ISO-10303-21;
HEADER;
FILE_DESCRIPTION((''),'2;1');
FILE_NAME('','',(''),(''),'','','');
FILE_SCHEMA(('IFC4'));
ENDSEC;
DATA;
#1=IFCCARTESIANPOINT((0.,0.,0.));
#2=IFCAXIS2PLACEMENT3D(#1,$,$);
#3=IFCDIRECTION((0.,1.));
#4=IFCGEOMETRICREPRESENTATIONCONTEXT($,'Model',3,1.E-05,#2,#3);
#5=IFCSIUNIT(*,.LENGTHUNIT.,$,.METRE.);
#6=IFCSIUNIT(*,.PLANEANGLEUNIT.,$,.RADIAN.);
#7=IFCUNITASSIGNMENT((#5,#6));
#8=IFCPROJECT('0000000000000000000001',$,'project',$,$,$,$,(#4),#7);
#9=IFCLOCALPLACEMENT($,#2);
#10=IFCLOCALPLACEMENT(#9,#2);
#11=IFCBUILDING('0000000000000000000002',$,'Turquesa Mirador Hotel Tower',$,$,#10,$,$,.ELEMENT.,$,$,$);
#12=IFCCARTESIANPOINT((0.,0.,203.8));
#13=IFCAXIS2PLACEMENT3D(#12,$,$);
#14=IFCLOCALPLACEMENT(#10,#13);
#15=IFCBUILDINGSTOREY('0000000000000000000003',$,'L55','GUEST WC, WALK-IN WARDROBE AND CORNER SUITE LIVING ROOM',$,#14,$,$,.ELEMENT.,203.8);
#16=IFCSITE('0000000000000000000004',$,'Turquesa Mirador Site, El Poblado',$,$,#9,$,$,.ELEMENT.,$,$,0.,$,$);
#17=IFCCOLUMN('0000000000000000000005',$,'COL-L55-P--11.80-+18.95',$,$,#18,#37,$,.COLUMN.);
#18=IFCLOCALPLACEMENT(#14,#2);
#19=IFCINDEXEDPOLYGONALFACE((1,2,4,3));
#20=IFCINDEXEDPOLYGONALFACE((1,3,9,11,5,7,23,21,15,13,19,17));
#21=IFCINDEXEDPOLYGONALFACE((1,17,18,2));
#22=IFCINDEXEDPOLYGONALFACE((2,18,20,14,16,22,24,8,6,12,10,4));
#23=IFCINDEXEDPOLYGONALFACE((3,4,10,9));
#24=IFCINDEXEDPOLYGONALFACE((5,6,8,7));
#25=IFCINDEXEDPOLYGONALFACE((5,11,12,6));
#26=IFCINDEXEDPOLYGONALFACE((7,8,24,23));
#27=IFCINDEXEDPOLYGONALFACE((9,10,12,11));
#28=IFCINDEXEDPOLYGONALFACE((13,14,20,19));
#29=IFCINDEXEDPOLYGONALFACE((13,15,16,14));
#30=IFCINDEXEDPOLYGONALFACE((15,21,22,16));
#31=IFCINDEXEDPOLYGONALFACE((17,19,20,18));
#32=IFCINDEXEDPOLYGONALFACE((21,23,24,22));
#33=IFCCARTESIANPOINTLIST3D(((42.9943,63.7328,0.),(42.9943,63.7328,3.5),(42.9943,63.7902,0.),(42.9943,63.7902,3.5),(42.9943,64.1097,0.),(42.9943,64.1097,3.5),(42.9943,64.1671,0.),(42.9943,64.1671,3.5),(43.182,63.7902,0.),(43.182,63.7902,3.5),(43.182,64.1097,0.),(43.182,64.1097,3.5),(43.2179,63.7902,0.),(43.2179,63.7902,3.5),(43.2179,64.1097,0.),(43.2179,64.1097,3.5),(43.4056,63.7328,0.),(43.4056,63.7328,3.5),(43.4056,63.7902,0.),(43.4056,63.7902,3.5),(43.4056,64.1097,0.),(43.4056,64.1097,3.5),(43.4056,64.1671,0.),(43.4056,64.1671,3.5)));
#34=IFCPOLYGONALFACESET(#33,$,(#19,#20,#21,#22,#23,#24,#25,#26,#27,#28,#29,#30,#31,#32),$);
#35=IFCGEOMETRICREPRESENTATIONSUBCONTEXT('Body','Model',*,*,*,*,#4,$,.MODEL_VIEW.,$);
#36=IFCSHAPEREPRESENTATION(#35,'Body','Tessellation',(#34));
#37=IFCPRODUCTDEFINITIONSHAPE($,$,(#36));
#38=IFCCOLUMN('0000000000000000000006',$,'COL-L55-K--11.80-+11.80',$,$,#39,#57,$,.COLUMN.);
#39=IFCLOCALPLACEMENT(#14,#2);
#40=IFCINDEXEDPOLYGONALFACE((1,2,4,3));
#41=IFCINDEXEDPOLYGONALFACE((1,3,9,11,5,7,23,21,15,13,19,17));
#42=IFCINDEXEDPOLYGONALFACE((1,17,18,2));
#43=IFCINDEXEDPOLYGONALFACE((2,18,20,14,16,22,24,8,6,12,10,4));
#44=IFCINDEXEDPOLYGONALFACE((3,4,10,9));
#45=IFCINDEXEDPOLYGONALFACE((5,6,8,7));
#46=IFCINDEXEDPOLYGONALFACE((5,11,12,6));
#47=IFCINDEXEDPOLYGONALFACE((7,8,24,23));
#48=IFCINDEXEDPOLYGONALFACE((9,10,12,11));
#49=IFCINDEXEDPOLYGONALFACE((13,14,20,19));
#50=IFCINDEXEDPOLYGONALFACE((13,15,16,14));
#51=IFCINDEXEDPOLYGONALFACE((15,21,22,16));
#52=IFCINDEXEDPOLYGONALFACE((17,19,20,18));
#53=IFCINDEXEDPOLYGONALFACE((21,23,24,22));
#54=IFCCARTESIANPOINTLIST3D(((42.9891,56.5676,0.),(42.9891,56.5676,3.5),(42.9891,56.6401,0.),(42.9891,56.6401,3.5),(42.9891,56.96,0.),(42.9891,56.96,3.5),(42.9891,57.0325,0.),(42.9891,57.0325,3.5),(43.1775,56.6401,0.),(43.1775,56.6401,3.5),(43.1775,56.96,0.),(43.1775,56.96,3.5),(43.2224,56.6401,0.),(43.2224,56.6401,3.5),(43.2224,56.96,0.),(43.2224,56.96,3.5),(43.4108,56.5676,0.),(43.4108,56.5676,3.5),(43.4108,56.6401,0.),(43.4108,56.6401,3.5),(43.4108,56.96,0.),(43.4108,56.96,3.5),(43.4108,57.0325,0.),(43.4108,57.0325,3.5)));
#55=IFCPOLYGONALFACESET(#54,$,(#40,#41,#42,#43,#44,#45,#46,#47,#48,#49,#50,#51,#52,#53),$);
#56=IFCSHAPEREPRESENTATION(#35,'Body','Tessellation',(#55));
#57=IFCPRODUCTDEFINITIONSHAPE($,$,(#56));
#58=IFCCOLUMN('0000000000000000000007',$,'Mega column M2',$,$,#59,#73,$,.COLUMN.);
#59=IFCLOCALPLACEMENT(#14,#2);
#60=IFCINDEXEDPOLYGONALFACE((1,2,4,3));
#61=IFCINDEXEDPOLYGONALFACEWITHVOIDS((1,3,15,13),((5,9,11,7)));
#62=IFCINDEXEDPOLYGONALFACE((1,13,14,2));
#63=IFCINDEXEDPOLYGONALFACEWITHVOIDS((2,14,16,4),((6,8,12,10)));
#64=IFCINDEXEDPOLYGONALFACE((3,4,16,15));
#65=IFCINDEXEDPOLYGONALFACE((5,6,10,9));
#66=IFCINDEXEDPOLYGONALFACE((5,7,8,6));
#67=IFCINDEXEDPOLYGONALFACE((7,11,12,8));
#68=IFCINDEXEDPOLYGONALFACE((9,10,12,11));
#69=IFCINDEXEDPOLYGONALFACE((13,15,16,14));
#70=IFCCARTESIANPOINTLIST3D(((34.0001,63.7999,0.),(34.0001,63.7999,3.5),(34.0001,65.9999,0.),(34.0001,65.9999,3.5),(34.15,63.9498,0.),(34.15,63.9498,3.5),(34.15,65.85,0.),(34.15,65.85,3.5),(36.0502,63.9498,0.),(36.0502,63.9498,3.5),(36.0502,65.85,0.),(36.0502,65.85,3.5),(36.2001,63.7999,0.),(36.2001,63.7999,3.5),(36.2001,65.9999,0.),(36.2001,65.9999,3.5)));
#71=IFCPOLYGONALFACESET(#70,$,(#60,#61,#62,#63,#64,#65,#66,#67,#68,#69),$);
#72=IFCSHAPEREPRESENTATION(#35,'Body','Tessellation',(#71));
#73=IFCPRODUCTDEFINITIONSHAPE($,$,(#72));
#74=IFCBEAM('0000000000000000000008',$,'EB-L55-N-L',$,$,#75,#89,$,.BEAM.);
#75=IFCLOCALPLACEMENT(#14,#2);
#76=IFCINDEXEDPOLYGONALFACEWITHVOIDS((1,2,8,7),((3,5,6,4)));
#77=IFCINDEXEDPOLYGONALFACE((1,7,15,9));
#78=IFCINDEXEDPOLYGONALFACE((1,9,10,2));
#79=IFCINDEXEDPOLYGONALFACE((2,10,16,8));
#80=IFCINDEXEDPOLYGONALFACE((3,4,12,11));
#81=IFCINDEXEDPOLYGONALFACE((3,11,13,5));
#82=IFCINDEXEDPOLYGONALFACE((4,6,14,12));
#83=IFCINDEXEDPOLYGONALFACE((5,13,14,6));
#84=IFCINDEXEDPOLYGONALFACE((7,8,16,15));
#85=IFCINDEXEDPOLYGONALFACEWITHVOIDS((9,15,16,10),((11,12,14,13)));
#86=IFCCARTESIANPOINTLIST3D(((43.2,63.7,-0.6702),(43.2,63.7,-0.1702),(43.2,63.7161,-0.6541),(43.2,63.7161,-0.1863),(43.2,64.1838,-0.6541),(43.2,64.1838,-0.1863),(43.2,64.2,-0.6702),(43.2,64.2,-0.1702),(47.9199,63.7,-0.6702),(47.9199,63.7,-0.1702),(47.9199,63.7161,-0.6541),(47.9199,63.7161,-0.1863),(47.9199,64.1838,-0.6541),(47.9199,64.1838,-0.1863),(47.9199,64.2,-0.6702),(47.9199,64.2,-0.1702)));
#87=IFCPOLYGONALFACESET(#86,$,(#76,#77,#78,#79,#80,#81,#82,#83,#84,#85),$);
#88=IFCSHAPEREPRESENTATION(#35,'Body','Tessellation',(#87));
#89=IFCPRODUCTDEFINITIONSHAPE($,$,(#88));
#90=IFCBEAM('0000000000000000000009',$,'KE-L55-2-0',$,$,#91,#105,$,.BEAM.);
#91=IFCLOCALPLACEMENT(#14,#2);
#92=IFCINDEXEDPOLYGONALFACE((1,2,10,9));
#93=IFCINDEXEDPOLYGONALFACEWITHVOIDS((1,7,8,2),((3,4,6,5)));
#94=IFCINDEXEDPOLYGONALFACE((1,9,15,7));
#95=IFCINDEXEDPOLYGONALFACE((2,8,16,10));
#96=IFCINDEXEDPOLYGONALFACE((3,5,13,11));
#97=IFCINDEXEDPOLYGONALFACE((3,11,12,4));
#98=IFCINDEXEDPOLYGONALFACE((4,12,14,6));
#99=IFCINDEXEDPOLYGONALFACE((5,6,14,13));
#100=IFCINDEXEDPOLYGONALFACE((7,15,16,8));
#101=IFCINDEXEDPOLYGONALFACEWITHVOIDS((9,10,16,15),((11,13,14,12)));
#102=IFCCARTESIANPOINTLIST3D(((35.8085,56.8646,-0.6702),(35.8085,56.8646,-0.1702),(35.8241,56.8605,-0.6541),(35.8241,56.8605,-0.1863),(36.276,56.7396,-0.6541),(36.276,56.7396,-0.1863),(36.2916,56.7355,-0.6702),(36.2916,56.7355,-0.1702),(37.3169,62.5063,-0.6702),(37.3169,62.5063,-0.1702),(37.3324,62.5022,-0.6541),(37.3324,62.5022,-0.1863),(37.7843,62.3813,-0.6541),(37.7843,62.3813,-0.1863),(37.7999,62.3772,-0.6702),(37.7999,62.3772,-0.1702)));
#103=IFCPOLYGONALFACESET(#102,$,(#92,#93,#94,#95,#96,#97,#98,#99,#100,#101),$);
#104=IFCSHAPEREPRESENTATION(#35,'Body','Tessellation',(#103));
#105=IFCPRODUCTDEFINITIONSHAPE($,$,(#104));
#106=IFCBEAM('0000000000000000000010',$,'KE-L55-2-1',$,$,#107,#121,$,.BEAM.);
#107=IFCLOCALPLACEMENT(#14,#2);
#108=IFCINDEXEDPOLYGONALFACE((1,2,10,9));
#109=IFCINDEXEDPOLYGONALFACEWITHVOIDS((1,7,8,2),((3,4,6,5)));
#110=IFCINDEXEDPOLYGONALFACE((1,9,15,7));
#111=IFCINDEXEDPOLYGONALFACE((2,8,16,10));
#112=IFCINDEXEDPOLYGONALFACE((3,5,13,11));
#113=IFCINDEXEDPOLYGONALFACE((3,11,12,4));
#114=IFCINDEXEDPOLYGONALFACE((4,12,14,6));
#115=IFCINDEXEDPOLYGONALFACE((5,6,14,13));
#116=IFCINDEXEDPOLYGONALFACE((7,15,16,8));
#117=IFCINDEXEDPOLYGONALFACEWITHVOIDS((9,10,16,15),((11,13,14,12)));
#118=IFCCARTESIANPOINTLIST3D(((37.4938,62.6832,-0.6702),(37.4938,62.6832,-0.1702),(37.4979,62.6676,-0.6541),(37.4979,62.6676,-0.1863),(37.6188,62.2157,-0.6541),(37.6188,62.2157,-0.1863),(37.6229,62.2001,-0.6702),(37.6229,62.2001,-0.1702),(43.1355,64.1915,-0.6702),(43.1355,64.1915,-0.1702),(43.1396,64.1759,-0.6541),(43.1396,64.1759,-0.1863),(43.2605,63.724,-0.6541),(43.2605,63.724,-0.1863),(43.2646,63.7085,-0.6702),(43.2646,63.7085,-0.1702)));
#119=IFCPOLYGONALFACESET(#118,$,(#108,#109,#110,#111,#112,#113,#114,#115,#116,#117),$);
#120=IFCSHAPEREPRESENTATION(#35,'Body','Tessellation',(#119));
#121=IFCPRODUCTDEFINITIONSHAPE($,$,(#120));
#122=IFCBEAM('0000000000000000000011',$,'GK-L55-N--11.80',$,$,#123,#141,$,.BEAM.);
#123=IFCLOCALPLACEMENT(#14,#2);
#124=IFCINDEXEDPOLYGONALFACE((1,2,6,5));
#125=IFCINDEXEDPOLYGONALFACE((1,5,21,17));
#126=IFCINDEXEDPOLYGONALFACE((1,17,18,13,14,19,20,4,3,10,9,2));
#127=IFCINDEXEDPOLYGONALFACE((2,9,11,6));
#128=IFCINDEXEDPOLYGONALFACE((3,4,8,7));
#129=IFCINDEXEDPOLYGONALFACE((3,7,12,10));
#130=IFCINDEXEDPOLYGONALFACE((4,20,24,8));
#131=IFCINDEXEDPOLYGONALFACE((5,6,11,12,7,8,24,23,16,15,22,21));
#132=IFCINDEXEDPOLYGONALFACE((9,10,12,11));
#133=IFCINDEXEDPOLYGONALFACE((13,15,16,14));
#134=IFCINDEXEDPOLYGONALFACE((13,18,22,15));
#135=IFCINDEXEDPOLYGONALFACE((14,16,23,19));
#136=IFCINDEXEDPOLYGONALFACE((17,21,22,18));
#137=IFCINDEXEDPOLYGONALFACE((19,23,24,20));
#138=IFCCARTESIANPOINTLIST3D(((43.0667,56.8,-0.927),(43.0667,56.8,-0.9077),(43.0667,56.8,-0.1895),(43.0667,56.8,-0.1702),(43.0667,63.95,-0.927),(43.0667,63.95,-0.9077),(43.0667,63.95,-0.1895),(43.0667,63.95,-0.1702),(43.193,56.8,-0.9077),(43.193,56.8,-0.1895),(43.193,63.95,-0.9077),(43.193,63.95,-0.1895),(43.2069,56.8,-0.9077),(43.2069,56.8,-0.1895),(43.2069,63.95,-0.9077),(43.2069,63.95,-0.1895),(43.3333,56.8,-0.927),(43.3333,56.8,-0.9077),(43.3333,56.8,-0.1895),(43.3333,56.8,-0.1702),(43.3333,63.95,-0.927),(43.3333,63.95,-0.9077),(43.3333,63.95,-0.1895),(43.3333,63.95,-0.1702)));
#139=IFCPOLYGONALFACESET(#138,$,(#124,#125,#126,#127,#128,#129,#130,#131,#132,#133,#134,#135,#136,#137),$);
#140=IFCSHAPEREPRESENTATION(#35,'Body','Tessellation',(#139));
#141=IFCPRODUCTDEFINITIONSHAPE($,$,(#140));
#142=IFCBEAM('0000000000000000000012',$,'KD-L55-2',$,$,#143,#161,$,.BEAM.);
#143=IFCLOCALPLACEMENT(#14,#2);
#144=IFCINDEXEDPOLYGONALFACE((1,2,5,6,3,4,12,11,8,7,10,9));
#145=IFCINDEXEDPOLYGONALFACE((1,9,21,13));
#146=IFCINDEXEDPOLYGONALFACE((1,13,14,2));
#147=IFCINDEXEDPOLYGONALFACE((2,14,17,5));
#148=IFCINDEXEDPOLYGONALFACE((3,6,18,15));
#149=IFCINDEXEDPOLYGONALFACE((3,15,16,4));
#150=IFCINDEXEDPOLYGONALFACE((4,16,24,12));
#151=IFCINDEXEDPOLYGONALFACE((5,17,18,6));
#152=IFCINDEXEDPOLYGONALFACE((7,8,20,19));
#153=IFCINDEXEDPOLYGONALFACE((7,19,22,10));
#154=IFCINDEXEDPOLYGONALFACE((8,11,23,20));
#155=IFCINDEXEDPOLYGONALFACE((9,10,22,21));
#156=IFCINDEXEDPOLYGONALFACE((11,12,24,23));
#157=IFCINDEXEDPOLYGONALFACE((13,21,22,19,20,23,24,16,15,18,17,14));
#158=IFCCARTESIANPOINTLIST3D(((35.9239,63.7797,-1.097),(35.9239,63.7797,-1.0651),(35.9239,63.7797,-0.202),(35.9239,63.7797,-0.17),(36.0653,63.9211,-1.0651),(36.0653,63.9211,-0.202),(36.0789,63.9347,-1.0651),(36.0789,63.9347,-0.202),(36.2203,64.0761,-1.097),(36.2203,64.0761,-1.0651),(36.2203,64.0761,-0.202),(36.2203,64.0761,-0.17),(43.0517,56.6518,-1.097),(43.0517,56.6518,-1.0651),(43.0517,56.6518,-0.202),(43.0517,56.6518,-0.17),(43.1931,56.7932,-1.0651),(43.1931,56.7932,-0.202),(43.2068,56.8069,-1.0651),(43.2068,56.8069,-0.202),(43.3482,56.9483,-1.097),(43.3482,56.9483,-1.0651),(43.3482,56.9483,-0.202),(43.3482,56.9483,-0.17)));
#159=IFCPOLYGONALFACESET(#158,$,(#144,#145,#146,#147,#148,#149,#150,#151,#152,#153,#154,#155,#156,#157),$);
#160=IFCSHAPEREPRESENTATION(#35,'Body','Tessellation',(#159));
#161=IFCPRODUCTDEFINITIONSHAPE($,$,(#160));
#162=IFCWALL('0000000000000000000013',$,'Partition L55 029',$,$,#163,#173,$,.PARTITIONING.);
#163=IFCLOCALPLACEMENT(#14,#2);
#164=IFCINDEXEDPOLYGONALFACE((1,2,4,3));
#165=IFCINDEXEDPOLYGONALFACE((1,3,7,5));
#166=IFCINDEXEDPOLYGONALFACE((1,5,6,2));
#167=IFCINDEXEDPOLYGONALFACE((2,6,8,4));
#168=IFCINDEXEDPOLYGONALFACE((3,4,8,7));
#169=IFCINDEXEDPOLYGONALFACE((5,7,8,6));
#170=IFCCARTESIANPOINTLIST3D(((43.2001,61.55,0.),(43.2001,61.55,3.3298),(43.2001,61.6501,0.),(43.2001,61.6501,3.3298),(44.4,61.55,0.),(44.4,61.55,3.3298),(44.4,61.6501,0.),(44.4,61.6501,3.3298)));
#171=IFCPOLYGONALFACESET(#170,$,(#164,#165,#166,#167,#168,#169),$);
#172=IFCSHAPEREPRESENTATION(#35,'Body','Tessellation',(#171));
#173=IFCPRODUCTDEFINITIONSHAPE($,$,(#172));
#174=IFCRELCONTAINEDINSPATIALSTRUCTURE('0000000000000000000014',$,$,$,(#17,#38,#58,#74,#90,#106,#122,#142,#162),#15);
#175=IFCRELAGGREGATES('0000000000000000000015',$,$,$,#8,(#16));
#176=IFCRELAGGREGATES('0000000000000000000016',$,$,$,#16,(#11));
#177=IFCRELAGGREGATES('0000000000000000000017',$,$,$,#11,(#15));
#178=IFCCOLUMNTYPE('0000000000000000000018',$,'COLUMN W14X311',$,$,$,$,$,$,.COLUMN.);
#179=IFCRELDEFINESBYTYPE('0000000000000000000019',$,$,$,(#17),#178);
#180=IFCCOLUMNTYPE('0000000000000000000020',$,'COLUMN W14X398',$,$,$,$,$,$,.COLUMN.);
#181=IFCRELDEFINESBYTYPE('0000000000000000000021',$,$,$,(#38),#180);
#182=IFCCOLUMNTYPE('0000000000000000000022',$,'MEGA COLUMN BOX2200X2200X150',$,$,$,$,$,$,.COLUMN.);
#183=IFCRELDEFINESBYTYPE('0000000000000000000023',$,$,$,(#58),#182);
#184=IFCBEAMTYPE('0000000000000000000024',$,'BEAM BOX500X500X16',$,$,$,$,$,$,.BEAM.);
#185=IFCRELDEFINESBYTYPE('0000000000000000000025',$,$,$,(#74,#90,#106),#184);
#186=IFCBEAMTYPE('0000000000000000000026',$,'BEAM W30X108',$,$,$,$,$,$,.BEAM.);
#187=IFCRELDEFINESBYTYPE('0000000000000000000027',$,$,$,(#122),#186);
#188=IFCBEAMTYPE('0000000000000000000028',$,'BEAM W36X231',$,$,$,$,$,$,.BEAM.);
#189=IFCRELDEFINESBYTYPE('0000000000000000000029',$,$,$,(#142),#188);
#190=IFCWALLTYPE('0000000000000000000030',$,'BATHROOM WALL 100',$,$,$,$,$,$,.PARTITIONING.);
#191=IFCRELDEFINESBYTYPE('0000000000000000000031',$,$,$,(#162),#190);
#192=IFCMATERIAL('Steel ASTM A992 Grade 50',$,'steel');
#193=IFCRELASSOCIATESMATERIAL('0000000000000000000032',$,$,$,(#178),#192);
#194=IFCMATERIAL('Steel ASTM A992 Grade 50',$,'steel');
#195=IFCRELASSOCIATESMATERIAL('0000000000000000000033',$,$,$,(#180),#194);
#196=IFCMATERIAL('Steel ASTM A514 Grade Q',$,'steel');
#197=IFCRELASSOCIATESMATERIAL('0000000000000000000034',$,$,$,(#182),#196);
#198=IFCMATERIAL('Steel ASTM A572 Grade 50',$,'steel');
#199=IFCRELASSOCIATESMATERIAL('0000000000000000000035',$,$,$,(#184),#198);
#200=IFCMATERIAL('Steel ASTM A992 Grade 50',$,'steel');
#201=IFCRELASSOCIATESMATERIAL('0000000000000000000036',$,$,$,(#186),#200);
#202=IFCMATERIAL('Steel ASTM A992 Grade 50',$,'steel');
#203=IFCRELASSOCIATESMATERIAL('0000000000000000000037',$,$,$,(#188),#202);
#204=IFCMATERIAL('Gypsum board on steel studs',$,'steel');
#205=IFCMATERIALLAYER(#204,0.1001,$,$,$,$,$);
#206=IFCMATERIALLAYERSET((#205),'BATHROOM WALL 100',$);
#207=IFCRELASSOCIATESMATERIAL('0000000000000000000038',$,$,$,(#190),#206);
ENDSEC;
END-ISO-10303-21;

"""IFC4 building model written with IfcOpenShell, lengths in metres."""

from ifc_helpers import new_model, si_unit, direction, frame, frame_2d, origin, origin_2d, place, context, subcontext, project, spatial, rectangle, hollow_rectangle, i_section, extrude, material, layer, layer_set, material_profile, profile_set, type_object, element, save


model = new_model("IFC4")

# Units and contexts
model_context = context("Model", 3, precision=1e-05, world=origin(), true_north=direction((0.0, 1.0)))
body_context = subcontext(model_context, "Body", "Model", "MODEL_VIEW")
ifc_project = project(units=[si_unit("LENGTHUNIT", "METRE"), si_unit("PLANEANGLEUNIT", "RADIAN")], contexts=[model_context])

# Site, building, storey
site_placement = place(None, origin())
site = spatial("IfcSite", under=ifc_project, at=site_placement, Name="Turquesa Mirador Site, El Poblado", CompositionType="ELEMENT", RefElevation=0.0)
building_placement = place(site_placement, origin())
building = spatial("IfcBuilding", under=site, at=building_placement, Name="Turquesa Mirador Hotel Tower", CompositionType="ELEMENT")
storey_placement = place(building_placement, frame((0.0, 0.0, 203.8)))
storey = spatial("IfcBuildingStorey", under=building, at=storey_placement, Name="L55", Description="GUEST WC, WALK-IN WARDROBE AND CORNER SUITE LIVING ROOM", CompositionType="ELEMENT", Elevation=203.8)

# Columns
ifc_material_1 = material(Name="Steel ASTM A992 Grade 50", Category="steel")
ifc_material_profile_1 = material_profile(ifc_material_1, i_section(OverallWidth=0.4114, OverallDepth=0.4343, WebThickness=0.0359, FlangeThickness=0.0574, at=origin_2d()), Name="W14X311")
ifc_profile_set_1 = profile_set([ifc_material_profile_1], Name="Steel ASTM A992 Grade 50")
column_type_1 = type_object("IfcColumnType", Name="COLUMN W14X311", PredefinedType="COLUMN", material=ifc_profile_set_1)
column_1_placement = place(storey_placement, frame((43.2, 63.95, 0.0), z_axis=(0.0, 0.0, 1.0), x_axis=(1.0, 0.0, 0.0)))
element("IfcColumn", 1, at=column_1_placement, inside=storey, type_object=column_type_1, Name="COL-L55-P--11.80-+18.95", PredefinedType="COLUMN", context=body_context, shape_type="SweptSolid", body=[
    extrude(i_section(OverallWidth=0.4114, OverallDepth=0.4343, WebThickness=0.0359, FlangeThickness=0.0574, at=origin_2d()), origin(), (0.0, 0.0, 1.0), 3.5),
])
ifc_material_2 = material(Name="Steel ASTM A992 Grade 50", Category="steel")
ifc_material_profile_2 = material_profile(ifc_material_2, i_section(OverallWidth=0.4216, OverallDepth=0.4648, WebThickness=0.0449, FlangeThickness=0.0725, at=origin_2d()), Name="W14X398")
ifc_profile_set_2 = profile_set([ifc_material_profile_2], Name="Steel ASTM A992 Grade 50")
column_type_2 = type_object("IfcColumnType", Name="COLUMN W14X398", PredefinedType="COLUMN", material=ifc_profile_set_2)
column_2_placement = place(storey_placement, frame((43.2, 56.8, 0.0), z_axis=(0.0, 0.0, 1.0), x_axis=(1.0, 0.0, 0.0)))
element("IfcColumn", 2, at=column_2_placement, inside=storey, type_object=column_type_2, Name="COL-L55-K--11.80-+11.80", PredefinedType="COLUMN", context=body_context, shape_type="SweptSolid", body=[
    extrude(i_section(OverallWidth=0.4216, OverallDepth=0.4648, WebThickness=0.0449, FlangeThickness=0.0725, at=origin_2d()), origin(), (0.0, 0.0, 1.0), 3.5),
])
ifc_material_3 = material(Name="Steel ASTM A514 Grade Q", Category="steel")
ifc_material_profile_3 = material_profile(ifc_material_3, hollow_rectangle(XDim=2.2, YDim=2.2, WallThickness=0.1499, at=origin_2d()), Name="BOX2200X2200X150")
ifc_profile_set_3 = profile_set([ifc_material_profile_3], Name="Steel ASTM A514 Grade Q")
column_type_3 = type_object("IfcColumnType", Name="MEGA COLUMN BOX2200X2200X150", PredefinedType="COLUMN", material=ifc_profile_set_3)
column_3_placement = place(storey_placement, frame((35.1001, 64.8999, 0.0), z_axis=(0.0, 0.0, 1.0), x_axis=(1.0, 0.0, 0.0)))
element("IfcColumn", 3, at=column_3_placement, inside=storey, type_object=column_type_3, Name="Mega column M2", PredefinedType="COLUMN", context=body_context, shape_type="SweptSolid", body=[
    extrude(hollow_rectangle(XDim=2.2, YDim=2.2, WallThickness=0.1499, at=origin_2d()), origin(), (0.0, 0.0, 1.0), 3.5),
])

# Beams
ifc_material_4 = material(Name="Steel ASTM A572 Grade 50", Category="steel")
ifc_material_profile_4 = material_profile(ifc_material_4, hollow_rectangle(XDim=0.5, YDim=0.5, WallThickness=0.0161, at=origin_2d()), Name="BOX500X500X16")
ifc_profile_set_4 = profile_set([ifc_material_profile_4], Name="Steel ASTM A572 Grade 50")
beam_type_1 = type_object("IfcBeamType", Name="BEAM BOX500X500X16", PredefinedType="BEAM", material=ifc_profile_set_4)
beam_1_placement = place(storey_placement, frame((43.2, 63.95, -0.4202), z_axis=(1.0, 0.0, 0.0), x_axis=(0.0, 1.0, 0.0)))
element("IfcBeam", 4, at=beam_1_placement, inside=storey, type_object=beam_type_1, Name="EB-L55-N-L", PredefinedType="BEAM", context=body_context, shape_type="SweptSolid", body=[
    extrude(hollow_rectangle(XDim=0.5, YDim=0.5, WallThickness=0.0161, at=origin_2d()), origin(), (0.0, 0.0, 1.0), 4.72),
])
for number, where, z_axis, x_axis, name in (
    (5, (36.05, 56.8, -0.4202), (0.258282, 0.96607, 0.0), (-0.96607, 0.258282, 0.0), "KE-L55-2-0"),
    (6, (37.5583, 62.4417, -0.4202), (0.96607, 0.258282, 0.0), (-0.258282, 0.96607, 0.0), "KE-L55-2-1"),
):
    element("IfcBeam", number, at=place(storey_placement, frame(where, z_axis=z_axis, x_axis=x_axis)), inside=storey, type_object=beam_type_1, Name=name, PredefinedType="BEAM", context=body_context, shape_type="SweptSolid", body=[
        extrude(hollow_rectangle(XDim=0.5, YDim=0.5, WallThickness=0.0161, at=origin_2d()), origin(), (0.0, 0.0, 1.0), 5.8398),
    ])
ifc_material_5 = material(Name="Steel ASTM A992 Grade 50", Category="steel")
ifc_material_profile_5 = material_profile(ifc_material_5, i_section(OverallWidth=0.2666, OverallDepth=0.7568, WebThickness=0.0139, FlangeThickness=0.0193, at=origin_2d()), Name="W30X108")
ifc_profile_set_5 = profile_set([ifc_material_profile_5], Name="Steel ASTM A992 Grade 50")
beam_type_2 = type_object("IfcBeamType", Name="BEAM W30X108", PredefinedType="BEAM", material=ifc_profile_set_5)
beam_2_placement = place(storey_placement, frame((43.2, 63.95, -0.5486), z_axis=(0.0, -1.0, 0.0), x_axis=(1.0, 0.0, 0.0)))
element("IfcBeam", 7, at=beam_2_placement, inside=storey, type_object=beam_type_2, Name="GK-L55-N--11.80", PredefinedType="BEAM", context=body_context, shape_type="SweptSolid", body=[
    extrude(i_section(OverallWidth=0.2666, OverallDepth=0.7568, WebThickness=0.0139, FlangeThickness=0.0193, at=origin_2d()), origin(), (0.0, 0.0, 1.0), 7.1499),
])
ifc_material_6 = material(Name="Steel ASTM A992 Grade 50", Category="steel")
ifc_material_profile_6 = material_profile(ifc_material_6, i_section(OverallWidth=0.4192, OverallDepth=0.927, WebThickness=0.0193, FlangeThickness=0.032, at=origin_2d()), Name="W36X231")
ifc_profile_set_6 = profile_set([ifc_material_profile_6], Name="Steel ASTM A992 Grade 50")
beam_type_3 = type_object("IfcBeamType", Name="BEAM W36X231", PredefinedType="BEAM", material=ifc_profile_set_6)
beam_3_placement = place(storey_placement, frame((43.2, 56.8, -0.6335), z_axis=(-0.707107, 0.707107, 0.0), x_axis=(-0.707107, -0.707107, 0.0)))
element("IfcBeam", 8, at=beam_3_placement, inside=storey, type_object=beam_type_3, Name="KD-L55-2", PredefinedType="BEAM", context=body_context, shape_type="SweptSolid", body=[
    extrude(i_section(OverallWidth=0.4192, OverallDepth=0.927, WebThickness=0.0193, FlangeThickness=0.032, at=origin_2d()), origin(), (0.0, 0.0, 1.0), 10.0803),
])

# Wall
ifc_material_7 = material(Name="Gypsum board on steel studs", Category="steel")
ifc_layer_1 = layer(ifc_material_7, 0.1001)
ifc_layer_set_1 = layer_set([ifc_layer_1], Name="BATHROOM WALL 100")
wall_type_1 = type_object("IfcWallType", Name="BATHROOM WALL 100", PredefinedType="PARTITIONING", material=ifc_layer_set_1)
wall_1_placement = place(storey_placement, frame((43.2, 61.6001, 0.0), z_axis=(0.0, 0.0, 1.0), x_axis=(1.0, 0.0, 0.0)))
element("IfcWall", 9, at=wall_1_placement, inside=storey, type_object=wall_type_1, Name="Partition L55 029", PredefinedType="PARTITIONING", context=body_context, shape_type="SweptSolid", body=[
    extrude(rectangle(XDim=1.2, YDim=0.1001, at=frame_2d((0.6001, 0.0))), origin(), (0.0, 0.0, 1.0), 3.3298),
])

save(model, "model.ifc")
